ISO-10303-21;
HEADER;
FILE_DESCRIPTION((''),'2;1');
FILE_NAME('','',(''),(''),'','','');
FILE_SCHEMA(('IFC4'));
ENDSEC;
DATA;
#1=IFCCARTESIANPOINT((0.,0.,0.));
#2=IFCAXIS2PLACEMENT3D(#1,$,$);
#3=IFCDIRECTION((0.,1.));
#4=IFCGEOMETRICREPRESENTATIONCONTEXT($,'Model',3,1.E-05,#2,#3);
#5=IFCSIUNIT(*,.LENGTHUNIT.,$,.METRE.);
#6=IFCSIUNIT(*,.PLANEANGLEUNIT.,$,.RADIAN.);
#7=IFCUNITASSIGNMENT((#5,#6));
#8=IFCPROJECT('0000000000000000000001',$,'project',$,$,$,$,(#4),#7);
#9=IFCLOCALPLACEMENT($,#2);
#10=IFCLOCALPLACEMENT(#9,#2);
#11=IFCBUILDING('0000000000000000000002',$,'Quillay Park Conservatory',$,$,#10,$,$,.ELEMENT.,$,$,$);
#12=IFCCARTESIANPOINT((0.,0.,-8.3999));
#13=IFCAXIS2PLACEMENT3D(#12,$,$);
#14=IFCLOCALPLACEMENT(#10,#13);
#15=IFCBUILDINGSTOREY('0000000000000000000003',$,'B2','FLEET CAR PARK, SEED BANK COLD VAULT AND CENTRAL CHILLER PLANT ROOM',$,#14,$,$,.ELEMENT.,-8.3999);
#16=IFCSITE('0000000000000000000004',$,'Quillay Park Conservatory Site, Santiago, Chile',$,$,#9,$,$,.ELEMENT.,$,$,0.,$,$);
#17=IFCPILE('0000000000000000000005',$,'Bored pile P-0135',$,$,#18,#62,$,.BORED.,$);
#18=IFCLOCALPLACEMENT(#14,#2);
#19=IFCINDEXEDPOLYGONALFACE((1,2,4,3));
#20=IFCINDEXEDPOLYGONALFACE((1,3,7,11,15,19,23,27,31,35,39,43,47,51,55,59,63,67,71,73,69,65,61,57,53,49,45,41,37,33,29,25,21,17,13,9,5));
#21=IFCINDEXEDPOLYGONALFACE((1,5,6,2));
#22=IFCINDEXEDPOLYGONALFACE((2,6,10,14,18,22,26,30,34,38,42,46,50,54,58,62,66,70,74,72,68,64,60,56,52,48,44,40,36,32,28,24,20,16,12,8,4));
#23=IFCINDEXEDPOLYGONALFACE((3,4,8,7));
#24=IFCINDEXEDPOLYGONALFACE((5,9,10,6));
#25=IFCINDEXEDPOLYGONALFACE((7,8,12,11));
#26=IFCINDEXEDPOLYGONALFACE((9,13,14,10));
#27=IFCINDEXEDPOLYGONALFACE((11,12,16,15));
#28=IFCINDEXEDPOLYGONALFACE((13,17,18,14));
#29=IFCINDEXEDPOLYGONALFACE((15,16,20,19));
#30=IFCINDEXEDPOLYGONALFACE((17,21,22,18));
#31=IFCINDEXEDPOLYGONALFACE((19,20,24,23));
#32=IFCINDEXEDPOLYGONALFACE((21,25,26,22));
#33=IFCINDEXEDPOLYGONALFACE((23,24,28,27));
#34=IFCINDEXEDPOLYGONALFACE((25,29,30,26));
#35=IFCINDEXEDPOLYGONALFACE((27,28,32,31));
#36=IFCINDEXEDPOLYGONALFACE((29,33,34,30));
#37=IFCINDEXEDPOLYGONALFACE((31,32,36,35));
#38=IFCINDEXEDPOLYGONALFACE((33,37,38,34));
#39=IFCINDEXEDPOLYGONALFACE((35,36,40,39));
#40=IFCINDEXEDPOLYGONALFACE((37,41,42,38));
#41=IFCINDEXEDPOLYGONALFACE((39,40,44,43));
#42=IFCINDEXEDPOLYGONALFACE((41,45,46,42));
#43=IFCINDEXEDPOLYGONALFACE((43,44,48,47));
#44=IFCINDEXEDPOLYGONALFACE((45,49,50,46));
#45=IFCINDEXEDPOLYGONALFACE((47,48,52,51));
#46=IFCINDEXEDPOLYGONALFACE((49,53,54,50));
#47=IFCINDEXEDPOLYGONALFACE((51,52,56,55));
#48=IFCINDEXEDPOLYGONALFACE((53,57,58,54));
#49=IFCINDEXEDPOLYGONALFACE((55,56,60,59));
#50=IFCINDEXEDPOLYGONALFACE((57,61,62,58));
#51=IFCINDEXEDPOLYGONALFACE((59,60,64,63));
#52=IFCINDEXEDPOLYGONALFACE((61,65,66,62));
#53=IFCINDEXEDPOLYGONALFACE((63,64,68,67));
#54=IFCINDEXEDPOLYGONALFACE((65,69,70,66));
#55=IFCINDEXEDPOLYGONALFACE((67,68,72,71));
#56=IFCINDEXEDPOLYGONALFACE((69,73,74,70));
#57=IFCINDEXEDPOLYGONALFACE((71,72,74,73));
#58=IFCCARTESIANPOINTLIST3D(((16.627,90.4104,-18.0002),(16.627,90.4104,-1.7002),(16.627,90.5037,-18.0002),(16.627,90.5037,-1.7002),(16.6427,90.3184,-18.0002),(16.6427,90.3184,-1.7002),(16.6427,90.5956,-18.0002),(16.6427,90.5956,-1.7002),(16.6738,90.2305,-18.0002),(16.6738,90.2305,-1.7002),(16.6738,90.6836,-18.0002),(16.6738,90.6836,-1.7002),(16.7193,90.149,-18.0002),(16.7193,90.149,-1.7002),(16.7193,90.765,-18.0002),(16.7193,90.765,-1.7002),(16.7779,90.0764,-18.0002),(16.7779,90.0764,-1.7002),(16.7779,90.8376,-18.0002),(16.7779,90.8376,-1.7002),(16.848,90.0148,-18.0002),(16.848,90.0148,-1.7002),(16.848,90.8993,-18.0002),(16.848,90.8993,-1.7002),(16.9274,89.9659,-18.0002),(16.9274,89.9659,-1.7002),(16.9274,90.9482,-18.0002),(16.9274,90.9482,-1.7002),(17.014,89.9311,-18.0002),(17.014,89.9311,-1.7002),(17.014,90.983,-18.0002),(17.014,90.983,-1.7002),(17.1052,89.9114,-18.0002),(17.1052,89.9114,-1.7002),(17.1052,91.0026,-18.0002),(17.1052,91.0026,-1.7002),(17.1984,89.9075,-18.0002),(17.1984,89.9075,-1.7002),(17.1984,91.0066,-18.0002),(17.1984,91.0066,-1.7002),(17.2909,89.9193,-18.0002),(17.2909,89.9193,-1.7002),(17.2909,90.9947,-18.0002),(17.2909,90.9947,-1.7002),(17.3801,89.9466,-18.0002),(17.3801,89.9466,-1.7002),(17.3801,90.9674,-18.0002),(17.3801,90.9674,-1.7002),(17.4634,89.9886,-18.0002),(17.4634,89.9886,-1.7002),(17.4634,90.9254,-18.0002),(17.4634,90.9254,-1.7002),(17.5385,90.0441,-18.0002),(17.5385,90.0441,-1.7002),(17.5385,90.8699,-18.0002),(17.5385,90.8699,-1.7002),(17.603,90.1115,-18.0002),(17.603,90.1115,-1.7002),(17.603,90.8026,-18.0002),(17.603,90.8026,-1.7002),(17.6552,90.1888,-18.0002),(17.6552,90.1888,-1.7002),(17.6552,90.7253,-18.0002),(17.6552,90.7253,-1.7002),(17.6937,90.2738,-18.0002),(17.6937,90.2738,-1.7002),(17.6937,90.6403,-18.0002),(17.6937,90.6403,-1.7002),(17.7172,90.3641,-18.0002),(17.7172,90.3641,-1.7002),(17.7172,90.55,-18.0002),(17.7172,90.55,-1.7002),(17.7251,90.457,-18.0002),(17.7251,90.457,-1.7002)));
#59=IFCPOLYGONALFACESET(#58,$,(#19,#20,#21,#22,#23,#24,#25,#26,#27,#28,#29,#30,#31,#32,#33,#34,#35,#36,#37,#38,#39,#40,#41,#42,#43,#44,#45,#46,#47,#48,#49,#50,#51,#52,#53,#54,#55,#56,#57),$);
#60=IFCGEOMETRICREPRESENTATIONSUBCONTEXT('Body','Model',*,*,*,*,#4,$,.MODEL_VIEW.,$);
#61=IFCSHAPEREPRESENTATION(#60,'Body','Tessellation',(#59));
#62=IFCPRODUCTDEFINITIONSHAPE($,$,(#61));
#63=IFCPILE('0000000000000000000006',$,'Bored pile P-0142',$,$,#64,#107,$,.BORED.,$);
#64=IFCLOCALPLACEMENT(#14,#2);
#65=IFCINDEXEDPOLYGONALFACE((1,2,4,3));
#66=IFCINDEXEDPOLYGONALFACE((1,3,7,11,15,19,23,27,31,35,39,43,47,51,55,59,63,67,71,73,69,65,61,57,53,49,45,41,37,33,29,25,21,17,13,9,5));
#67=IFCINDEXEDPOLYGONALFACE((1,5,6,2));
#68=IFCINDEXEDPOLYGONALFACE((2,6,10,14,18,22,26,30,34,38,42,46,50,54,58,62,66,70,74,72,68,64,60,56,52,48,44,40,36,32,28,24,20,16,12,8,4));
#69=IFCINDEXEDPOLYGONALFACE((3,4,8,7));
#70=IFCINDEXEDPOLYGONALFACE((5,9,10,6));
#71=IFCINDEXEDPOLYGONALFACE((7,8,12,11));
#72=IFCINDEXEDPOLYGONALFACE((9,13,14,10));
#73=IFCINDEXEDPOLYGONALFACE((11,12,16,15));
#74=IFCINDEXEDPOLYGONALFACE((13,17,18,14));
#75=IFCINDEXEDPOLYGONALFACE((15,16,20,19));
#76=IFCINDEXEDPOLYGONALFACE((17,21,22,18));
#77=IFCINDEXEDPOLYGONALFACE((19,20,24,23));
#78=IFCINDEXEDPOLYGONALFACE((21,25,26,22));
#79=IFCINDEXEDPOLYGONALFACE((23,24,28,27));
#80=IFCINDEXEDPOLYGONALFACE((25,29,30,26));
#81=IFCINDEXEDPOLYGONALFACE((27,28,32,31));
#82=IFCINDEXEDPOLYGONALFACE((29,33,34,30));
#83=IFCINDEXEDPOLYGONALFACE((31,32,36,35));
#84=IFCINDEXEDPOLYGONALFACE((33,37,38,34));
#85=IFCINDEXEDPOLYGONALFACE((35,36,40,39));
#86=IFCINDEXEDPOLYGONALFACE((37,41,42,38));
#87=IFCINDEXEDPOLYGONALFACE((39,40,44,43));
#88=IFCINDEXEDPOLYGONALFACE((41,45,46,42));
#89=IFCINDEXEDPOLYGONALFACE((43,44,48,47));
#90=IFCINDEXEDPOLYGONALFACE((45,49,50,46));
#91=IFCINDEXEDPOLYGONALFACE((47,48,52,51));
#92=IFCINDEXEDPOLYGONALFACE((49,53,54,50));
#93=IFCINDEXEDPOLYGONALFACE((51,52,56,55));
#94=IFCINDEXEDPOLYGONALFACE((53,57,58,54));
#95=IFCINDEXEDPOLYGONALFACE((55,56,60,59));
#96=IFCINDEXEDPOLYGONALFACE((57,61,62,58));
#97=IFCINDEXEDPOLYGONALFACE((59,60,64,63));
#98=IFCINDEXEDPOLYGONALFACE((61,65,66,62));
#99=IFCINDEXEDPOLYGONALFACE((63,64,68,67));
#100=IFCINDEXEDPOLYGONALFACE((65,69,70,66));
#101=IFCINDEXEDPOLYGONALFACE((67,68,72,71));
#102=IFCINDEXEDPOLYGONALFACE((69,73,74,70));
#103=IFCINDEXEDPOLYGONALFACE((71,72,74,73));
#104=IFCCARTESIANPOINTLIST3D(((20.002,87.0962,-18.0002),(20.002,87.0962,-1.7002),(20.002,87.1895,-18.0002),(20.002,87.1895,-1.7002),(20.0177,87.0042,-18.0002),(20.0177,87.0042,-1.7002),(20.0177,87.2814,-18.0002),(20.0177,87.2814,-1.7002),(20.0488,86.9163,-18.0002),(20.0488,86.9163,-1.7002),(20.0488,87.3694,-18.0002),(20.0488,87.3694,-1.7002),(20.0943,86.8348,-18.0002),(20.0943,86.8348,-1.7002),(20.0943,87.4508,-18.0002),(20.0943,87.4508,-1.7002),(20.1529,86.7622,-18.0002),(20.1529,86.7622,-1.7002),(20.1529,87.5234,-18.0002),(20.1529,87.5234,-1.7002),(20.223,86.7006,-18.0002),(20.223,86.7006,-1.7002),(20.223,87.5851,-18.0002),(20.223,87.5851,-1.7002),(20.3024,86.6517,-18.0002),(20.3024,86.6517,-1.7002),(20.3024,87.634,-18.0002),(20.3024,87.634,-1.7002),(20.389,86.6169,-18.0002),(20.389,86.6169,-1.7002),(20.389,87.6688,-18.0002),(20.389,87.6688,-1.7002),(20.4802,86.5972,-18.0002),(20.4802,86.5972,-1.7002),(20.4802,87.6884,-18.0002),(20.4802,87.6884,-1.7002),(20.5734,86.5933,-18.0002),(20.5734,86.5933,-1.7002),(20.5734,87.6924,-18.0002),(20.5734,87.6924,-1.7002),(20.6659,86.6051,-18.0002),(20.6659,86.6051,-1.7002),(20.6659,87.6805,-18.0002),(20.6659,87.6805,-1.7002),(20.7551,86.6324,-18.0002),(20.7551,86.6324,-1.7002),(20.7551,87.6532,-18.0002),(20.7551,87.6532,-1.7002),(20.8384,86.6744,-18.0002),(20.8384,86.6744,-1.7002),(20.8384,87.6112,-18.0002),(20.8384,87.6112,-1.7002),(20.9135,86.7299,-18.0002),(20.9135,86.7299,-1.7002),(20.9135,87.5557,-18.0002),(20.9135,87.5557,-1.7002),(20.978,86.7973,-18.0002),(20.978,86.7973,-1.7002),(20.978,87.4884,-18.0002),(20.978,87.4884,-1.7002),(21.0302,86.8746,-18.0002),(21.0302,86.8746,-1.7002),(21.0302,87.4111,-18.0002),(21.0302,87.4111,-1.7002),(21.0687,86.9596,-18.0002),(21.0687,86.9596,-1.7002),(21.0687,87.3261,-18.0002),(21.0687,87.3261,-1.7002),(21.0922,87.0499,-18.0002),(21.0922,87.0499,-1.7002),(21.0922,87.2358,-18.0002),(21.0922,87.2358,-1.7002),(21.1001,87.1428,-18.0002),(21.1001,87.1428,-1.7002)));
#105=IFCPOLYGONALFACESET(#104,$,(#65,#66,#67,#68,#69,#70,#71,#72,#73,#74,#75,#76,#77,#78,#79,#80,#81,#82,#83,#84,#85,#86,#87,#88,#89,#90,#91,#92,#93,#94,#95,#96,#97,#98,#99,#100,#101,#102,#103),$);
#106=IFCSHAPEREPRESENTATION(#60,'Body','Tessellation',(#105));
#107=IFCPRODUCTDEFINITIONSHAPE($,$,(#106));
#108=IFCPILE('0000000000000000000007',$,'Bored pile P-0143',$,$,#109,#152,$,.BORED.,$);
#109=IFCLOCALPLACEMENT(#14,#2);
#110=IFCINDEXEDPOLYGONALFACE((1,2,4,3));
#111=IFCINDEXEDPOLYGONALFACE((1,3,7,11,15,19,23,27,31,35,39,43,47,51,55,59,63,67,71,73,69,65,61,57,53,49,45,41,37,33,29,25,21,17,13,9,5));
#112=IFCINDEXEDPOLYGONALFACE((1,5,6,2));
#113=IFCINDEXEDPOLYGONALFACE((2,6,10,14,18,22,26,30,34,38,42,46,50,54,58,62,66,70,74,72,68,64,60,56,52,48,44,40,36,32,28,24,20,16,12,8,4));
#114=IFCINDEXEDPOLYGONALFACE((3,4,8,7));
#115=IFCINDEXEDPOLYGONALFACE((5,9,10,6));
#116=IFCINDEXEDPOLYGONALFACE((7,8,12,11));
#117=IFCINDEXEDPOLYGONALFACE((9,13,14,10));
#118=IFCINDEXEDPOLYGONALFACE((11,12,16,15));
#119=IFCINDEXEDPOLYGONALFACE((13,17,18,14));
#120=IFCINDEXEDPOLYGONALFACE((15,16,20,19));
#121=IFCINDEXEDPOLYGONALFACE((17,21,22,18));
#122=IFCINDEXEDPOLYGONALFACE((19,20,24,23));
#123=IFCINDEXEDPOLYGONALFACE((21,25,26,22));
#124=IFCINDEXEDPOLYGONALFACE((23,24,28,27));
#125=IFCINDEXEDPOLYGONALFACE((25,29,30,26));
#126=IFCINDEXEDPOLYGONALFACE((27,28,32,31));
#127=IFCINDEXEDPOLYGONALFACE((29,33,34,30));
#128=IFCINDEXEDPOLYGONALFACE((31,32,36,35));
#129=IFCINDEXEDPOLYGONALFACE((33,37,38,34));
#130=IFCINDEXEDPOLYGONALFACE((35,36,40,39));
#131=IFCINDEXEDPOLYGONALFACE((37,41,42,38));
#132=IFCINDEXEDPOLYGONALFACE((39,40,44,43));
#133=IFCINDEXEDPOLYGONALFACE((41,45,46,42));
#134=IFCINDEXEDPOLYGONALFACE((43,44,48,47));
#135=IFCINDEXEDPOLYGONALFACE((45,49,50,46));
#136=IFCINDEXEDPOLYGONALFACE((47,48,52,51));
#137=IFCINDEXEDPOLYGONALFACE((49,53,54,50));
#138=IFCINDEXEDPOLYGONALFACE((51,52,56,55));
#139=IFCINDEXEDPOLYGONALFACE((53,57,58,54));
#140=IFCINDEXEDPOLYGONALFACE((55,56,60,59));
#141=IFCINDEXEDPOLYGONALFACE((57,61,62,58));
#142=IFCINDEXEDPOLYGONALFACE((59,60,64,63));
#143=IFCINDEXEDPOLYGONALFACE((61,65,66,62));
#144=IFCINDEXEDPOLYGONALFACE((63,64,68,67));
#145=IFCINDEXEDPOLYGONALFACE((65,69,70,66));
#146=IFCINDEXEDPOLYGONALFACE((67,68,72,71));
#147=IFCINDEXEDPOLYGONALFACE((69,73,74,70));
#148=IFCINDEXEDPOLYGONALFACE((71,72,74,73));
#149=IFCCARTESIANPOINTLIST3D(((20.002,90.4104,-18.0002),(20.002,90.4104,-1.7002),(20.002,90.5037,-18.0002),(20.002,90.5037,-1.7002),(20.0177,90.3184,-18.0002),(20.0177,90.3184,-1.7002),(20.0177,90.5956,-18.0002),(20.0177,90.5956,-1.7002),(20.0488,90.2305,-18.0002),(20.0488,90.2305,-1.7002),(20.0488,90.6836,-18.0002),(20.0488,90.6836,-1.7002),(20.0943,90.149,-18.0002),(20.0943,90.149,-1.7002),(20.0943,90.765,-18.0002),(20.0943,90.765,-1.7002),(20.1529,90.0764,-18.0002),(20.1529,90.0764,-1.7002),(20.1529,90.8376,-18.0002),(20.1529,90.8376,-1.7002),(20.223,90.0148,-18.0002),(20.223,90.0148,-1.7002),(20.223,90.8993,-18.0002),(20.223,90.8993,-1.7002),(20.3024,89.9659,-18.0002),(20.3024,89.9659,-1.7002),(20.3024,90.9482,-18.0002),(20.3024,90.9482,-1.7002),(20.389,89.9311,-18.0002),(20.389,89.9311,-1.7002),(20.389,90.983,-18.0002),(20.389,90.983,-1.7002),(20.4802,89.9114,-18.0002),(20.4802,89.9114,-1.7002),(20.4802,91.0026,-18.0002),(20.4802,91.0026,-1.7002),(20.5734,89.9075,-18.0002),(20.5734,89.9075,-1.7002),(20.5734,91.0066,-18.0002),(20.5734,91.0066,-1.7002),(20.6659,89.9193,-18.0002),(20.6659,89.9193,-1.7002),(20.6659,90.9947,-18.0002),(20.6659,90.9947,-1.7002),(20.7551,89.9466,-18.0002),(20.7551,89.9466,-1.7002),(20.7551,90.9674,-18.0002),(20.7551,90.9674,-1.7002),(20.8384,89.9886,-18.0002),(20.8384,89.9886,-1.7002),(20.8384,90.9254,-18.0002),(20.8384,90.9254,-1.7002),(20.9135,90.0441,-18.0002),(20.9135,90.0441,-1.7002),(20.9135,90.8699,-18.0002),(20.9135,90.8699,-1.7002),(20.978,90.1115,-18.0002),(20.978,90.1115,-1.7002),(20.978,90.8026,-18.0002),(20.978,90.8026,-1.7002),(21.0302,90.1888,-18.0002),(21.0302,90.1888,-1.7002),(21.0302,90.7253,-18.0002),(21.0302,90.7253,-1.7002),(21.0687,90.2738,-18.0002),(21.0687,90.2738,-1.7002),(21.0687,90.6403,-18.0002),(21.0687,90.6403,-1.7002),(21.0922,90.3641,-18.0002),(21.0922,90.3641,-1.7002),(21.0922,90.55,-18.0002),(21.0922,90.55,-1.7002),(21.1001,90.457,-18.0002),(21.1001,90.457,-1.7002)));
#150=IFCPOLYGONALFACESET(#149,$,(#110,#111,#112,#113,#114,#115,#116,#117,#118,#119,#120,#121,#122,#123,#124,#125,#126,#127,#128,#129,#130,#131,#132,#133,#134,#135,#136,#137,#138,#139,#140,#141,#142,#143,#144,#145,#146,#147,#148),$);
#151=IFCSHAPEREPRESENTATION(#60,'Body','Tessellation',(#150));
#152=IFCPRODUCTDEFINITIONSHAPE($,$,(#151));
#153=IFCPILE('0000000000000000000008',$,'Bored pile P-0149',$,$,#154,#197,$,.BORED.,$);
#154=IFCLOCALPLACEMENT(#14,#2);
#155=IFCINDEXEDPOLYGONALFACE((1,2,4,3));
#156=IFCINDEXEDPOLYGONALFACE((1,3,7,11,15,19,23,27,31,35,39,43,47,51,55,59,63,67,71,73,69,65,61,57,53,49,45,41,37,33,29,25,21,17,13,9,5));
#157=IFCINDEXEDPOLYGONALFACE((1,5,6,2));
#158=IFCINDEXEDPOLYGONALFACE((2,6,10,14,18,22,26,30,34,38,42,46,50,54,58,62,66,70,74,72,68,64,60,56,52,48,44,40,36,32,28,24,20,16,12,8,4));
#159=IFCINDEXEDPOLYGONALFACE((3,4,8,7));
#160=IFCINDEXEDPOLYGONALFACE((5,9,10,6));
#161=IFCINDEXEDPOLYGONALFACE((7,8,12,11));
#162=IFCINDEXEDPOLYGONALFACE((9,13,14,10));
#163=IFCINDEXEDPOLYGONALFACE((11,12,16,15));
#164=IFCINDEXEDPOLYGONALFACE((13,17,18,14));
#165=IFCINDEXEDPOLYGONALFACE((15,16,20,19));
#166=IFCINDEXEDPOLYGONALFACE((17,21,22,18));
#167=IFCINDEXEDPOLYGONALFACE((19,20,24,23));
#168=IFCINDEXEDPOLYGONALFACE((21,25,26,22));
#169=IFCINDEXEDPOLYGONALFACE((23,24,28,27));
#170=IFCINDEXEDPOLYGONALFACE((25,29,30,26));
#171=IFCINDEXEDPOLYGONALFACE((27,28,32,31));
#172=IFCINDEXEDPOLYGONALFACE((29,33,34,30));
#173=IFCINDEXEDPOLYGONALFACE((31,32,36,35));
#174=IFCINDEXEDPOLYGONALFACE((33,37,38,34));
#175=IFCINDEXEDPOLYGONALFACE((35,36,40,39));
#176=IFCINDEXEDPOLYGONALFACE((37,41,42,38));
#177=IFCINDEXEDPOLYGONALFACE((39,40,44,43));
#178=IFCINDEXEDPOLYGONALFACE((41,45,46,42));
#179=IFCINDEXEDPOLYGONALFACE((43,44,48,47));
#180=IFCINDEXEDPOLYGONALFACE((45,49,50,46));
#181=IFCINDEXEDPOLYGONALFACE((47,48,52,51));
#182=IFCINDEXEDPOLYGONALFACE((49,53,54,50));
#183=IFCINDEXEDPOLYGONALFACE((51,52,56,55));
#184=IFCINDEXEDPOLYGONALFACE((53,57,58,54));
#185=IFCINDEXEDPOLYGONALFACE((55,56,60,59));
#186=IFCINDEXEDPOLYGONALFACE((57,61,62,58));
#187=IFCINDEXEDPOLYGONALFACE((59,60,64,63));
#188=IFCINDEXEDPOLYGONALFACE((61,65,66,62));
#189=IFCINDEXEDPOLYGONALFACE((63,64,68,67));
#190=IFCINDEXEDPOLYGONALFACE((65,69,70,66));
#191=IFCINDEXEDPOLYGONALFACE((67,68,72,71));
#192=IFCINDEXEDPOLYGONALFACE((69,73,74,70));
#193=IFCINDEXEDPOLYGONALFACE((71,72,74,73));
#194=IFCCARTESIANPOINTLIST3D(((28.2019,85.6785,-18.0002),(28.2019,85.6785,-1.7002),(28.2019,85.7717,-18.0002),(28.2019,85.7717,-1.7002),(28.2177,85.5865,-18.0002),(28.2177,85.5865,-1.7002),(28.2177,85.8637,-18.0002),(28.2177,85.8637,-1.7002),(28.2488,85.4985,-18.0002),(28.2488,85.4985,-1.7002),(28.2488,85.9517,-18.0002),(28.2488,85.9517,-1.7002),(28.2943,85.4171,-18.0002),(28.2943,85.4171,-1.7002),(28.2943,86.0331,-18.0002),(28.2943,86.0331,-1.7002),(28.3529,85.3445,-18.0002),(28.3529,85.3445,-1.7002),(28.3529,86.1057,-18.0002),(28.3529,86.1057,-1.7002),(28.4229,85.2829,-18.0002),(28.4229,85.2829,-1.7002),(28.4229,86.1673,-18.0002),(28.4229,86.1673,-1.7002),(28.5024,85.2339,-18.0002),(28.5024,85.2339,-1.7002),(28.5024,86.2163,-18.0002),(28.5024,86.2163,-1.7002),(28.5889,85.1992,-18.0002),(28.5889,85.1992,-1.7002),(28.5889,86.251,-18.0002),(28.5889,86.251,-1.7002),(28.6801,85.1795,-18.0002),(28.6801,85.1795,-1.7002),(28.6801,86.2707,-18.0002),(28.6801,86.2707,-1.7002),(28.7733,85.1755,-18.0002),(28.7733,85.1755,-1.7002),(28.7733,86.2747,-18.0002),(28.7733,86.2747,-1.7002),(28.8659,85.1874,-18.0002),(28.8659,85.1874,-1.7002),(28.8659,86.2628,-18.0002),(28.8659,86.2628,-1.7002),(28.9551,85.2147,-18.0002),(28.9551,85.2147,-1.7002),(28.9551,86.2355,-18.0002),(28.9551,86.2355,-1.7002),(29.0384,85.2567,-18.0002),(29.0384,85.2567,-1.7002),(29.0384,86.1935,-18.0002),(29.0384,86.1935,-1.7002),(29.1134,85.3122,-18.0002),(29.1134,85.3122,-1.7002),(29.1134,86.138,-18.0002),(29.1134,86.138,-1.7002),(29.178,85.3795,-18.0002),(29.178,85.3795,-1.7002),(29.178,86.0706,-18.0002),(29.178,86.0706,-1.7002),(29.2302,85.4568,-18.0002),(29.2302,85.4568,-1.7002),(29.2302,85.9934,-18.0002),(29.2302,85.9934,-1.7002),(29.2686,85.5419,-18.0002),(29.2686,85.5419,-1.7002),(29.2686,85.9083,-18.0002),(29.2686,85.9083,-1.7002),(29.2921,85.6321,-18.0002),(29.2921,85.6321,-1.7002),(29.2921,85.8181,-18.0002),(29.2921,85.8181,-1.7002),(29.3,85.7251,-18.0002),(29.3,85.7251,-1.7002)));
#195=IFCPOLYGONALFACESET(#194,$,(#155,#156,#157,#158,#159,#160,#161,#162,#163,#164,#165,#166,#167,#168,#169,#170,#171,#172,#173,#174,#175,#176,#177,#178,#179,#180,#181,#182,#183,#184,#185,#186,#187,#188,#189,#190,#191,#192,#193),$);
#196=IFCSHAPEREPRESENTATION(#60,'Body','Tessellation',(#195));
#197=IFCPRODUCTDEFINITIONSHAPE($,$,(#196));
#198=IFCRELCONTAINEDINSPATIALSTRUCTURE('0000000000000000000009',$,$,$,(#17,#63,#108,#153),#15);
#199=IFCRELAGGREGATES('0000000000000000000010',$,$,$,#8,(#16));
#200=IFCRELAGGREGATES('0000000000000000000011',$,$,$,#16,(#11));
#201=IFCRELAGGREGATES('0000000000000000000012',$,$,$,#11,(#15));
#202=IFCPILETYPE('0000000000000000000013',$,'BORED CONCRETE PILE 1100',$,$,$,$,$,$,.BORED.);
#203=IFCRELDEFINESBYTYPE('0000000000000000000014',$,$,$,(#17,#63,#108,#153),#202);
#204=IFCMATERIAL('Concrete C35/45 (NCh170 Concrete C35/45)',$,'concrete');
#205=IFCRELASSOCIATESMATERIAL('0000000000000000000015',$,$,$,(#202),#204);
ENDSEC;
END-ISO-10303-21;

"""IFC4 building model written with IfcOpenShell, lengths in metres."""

from ifc_helpers import new_model, si_unit, direction, frame, origin, origin_2d, place, context, subcontext, project, spatial, circle, extrude, material, material_profile, profile_set, type_object, element, save


model = new_model("IFC4")

# Units and contexts
model_context = context("Model", 3, precision=1e-05, world=origin(), true_north=direction((0.0, 1.0)))
body_context = subcontext(model_context, "Body", "Model", "MODEL_VIEW")
ifc_project = project(units=[si_unit("LENGTHUNIT", "METRE"), si_unit("PLANEANGLEUNIT", "RADIAN")], contexts=[model_context])

# Site, building, storey
site_placement = place(None, origin())
site = spatial("IfcSite", under=ifc_project, at=site_placement, Name="Quillay Park Conservatory Site, Santiago, Chile", CompositionType="ELEMENT", RefElevation=0.0)
building_placement = place(site_placement, origin())
building = spatial("IfcBuilding", under=site, at=building_placement, Name="Quillay Park Conservatory", CompositionType="ELEMENT")
storey_placement = place(building_placement, frame((0.0, 0.0, -8.3999)))
storey = spatial("IfcBuildingStorey", under=building, at=storey_placement, Name="B2", Description="FLEET CAR PARK, SEED BANK COLD VAULT AND CENTRAL CHILLER PLANT ROOM", CompositionType="ELEMENT", Elevation=-8.3999)

# Piles
ifc_material_1 = material(Name="Concrete C35/45 (NCh170 Concrete C35/45)", Category="concrete")
ifc_material_profile_1 = material_profile(ifc_material_1, circle(Radius=0.55, at=origin_2d()), Name="PILE1100")
ifc_profile_set_1 = profile_set([ifc_material_profile_1], Name="Concrete C35/45 (NCh170 Concrete C35/45)")
pile_type = type_object("IfcPileType", Name="BORED CONCRETE PILE 1100", PredefinedType="BORED", material=ifc_profile_set_1)
for number, where, z_axis, x_axis, name in (
    (1, (17.175, 90.457, -1.7002), (0.0, 0.0, -1.0), (1.0, 0.0, 0.0), "Bored pile P-0135"),
    (2, (20.55, 87.1428, -1.7002), (0.0, 0.0, -1.0), (1.0, 0.0, 0.0), "Bored pile P-0142"),
    (3, (20.55, 90.457, -1.7002), (0.0, 0.0, -1.0), (1.0, 0.0, 0.0), "Bored pile P-0143"),
    (4, (28.75, 85.7251, -1.7002), (0.0, 0.0, -1.0), (1.0, 0.0, 0.0), "Bored pile P-0149"),
):
    element("IfcPile", number, at=place(storey_placement, frame(where, z_axis=z_axis, x_axis=x_axis)), inside=storey, type_object=pile_type, Name=name, PredefinedType="BORED", context=body_context, shape_type="SweptSolid", body=[
        extrude(circle(Radius=0.55, at=origin_2d()), origin(), (0.0, 0.0, 1.0), 16.3),
    ])

save(model, "model.ifc")
